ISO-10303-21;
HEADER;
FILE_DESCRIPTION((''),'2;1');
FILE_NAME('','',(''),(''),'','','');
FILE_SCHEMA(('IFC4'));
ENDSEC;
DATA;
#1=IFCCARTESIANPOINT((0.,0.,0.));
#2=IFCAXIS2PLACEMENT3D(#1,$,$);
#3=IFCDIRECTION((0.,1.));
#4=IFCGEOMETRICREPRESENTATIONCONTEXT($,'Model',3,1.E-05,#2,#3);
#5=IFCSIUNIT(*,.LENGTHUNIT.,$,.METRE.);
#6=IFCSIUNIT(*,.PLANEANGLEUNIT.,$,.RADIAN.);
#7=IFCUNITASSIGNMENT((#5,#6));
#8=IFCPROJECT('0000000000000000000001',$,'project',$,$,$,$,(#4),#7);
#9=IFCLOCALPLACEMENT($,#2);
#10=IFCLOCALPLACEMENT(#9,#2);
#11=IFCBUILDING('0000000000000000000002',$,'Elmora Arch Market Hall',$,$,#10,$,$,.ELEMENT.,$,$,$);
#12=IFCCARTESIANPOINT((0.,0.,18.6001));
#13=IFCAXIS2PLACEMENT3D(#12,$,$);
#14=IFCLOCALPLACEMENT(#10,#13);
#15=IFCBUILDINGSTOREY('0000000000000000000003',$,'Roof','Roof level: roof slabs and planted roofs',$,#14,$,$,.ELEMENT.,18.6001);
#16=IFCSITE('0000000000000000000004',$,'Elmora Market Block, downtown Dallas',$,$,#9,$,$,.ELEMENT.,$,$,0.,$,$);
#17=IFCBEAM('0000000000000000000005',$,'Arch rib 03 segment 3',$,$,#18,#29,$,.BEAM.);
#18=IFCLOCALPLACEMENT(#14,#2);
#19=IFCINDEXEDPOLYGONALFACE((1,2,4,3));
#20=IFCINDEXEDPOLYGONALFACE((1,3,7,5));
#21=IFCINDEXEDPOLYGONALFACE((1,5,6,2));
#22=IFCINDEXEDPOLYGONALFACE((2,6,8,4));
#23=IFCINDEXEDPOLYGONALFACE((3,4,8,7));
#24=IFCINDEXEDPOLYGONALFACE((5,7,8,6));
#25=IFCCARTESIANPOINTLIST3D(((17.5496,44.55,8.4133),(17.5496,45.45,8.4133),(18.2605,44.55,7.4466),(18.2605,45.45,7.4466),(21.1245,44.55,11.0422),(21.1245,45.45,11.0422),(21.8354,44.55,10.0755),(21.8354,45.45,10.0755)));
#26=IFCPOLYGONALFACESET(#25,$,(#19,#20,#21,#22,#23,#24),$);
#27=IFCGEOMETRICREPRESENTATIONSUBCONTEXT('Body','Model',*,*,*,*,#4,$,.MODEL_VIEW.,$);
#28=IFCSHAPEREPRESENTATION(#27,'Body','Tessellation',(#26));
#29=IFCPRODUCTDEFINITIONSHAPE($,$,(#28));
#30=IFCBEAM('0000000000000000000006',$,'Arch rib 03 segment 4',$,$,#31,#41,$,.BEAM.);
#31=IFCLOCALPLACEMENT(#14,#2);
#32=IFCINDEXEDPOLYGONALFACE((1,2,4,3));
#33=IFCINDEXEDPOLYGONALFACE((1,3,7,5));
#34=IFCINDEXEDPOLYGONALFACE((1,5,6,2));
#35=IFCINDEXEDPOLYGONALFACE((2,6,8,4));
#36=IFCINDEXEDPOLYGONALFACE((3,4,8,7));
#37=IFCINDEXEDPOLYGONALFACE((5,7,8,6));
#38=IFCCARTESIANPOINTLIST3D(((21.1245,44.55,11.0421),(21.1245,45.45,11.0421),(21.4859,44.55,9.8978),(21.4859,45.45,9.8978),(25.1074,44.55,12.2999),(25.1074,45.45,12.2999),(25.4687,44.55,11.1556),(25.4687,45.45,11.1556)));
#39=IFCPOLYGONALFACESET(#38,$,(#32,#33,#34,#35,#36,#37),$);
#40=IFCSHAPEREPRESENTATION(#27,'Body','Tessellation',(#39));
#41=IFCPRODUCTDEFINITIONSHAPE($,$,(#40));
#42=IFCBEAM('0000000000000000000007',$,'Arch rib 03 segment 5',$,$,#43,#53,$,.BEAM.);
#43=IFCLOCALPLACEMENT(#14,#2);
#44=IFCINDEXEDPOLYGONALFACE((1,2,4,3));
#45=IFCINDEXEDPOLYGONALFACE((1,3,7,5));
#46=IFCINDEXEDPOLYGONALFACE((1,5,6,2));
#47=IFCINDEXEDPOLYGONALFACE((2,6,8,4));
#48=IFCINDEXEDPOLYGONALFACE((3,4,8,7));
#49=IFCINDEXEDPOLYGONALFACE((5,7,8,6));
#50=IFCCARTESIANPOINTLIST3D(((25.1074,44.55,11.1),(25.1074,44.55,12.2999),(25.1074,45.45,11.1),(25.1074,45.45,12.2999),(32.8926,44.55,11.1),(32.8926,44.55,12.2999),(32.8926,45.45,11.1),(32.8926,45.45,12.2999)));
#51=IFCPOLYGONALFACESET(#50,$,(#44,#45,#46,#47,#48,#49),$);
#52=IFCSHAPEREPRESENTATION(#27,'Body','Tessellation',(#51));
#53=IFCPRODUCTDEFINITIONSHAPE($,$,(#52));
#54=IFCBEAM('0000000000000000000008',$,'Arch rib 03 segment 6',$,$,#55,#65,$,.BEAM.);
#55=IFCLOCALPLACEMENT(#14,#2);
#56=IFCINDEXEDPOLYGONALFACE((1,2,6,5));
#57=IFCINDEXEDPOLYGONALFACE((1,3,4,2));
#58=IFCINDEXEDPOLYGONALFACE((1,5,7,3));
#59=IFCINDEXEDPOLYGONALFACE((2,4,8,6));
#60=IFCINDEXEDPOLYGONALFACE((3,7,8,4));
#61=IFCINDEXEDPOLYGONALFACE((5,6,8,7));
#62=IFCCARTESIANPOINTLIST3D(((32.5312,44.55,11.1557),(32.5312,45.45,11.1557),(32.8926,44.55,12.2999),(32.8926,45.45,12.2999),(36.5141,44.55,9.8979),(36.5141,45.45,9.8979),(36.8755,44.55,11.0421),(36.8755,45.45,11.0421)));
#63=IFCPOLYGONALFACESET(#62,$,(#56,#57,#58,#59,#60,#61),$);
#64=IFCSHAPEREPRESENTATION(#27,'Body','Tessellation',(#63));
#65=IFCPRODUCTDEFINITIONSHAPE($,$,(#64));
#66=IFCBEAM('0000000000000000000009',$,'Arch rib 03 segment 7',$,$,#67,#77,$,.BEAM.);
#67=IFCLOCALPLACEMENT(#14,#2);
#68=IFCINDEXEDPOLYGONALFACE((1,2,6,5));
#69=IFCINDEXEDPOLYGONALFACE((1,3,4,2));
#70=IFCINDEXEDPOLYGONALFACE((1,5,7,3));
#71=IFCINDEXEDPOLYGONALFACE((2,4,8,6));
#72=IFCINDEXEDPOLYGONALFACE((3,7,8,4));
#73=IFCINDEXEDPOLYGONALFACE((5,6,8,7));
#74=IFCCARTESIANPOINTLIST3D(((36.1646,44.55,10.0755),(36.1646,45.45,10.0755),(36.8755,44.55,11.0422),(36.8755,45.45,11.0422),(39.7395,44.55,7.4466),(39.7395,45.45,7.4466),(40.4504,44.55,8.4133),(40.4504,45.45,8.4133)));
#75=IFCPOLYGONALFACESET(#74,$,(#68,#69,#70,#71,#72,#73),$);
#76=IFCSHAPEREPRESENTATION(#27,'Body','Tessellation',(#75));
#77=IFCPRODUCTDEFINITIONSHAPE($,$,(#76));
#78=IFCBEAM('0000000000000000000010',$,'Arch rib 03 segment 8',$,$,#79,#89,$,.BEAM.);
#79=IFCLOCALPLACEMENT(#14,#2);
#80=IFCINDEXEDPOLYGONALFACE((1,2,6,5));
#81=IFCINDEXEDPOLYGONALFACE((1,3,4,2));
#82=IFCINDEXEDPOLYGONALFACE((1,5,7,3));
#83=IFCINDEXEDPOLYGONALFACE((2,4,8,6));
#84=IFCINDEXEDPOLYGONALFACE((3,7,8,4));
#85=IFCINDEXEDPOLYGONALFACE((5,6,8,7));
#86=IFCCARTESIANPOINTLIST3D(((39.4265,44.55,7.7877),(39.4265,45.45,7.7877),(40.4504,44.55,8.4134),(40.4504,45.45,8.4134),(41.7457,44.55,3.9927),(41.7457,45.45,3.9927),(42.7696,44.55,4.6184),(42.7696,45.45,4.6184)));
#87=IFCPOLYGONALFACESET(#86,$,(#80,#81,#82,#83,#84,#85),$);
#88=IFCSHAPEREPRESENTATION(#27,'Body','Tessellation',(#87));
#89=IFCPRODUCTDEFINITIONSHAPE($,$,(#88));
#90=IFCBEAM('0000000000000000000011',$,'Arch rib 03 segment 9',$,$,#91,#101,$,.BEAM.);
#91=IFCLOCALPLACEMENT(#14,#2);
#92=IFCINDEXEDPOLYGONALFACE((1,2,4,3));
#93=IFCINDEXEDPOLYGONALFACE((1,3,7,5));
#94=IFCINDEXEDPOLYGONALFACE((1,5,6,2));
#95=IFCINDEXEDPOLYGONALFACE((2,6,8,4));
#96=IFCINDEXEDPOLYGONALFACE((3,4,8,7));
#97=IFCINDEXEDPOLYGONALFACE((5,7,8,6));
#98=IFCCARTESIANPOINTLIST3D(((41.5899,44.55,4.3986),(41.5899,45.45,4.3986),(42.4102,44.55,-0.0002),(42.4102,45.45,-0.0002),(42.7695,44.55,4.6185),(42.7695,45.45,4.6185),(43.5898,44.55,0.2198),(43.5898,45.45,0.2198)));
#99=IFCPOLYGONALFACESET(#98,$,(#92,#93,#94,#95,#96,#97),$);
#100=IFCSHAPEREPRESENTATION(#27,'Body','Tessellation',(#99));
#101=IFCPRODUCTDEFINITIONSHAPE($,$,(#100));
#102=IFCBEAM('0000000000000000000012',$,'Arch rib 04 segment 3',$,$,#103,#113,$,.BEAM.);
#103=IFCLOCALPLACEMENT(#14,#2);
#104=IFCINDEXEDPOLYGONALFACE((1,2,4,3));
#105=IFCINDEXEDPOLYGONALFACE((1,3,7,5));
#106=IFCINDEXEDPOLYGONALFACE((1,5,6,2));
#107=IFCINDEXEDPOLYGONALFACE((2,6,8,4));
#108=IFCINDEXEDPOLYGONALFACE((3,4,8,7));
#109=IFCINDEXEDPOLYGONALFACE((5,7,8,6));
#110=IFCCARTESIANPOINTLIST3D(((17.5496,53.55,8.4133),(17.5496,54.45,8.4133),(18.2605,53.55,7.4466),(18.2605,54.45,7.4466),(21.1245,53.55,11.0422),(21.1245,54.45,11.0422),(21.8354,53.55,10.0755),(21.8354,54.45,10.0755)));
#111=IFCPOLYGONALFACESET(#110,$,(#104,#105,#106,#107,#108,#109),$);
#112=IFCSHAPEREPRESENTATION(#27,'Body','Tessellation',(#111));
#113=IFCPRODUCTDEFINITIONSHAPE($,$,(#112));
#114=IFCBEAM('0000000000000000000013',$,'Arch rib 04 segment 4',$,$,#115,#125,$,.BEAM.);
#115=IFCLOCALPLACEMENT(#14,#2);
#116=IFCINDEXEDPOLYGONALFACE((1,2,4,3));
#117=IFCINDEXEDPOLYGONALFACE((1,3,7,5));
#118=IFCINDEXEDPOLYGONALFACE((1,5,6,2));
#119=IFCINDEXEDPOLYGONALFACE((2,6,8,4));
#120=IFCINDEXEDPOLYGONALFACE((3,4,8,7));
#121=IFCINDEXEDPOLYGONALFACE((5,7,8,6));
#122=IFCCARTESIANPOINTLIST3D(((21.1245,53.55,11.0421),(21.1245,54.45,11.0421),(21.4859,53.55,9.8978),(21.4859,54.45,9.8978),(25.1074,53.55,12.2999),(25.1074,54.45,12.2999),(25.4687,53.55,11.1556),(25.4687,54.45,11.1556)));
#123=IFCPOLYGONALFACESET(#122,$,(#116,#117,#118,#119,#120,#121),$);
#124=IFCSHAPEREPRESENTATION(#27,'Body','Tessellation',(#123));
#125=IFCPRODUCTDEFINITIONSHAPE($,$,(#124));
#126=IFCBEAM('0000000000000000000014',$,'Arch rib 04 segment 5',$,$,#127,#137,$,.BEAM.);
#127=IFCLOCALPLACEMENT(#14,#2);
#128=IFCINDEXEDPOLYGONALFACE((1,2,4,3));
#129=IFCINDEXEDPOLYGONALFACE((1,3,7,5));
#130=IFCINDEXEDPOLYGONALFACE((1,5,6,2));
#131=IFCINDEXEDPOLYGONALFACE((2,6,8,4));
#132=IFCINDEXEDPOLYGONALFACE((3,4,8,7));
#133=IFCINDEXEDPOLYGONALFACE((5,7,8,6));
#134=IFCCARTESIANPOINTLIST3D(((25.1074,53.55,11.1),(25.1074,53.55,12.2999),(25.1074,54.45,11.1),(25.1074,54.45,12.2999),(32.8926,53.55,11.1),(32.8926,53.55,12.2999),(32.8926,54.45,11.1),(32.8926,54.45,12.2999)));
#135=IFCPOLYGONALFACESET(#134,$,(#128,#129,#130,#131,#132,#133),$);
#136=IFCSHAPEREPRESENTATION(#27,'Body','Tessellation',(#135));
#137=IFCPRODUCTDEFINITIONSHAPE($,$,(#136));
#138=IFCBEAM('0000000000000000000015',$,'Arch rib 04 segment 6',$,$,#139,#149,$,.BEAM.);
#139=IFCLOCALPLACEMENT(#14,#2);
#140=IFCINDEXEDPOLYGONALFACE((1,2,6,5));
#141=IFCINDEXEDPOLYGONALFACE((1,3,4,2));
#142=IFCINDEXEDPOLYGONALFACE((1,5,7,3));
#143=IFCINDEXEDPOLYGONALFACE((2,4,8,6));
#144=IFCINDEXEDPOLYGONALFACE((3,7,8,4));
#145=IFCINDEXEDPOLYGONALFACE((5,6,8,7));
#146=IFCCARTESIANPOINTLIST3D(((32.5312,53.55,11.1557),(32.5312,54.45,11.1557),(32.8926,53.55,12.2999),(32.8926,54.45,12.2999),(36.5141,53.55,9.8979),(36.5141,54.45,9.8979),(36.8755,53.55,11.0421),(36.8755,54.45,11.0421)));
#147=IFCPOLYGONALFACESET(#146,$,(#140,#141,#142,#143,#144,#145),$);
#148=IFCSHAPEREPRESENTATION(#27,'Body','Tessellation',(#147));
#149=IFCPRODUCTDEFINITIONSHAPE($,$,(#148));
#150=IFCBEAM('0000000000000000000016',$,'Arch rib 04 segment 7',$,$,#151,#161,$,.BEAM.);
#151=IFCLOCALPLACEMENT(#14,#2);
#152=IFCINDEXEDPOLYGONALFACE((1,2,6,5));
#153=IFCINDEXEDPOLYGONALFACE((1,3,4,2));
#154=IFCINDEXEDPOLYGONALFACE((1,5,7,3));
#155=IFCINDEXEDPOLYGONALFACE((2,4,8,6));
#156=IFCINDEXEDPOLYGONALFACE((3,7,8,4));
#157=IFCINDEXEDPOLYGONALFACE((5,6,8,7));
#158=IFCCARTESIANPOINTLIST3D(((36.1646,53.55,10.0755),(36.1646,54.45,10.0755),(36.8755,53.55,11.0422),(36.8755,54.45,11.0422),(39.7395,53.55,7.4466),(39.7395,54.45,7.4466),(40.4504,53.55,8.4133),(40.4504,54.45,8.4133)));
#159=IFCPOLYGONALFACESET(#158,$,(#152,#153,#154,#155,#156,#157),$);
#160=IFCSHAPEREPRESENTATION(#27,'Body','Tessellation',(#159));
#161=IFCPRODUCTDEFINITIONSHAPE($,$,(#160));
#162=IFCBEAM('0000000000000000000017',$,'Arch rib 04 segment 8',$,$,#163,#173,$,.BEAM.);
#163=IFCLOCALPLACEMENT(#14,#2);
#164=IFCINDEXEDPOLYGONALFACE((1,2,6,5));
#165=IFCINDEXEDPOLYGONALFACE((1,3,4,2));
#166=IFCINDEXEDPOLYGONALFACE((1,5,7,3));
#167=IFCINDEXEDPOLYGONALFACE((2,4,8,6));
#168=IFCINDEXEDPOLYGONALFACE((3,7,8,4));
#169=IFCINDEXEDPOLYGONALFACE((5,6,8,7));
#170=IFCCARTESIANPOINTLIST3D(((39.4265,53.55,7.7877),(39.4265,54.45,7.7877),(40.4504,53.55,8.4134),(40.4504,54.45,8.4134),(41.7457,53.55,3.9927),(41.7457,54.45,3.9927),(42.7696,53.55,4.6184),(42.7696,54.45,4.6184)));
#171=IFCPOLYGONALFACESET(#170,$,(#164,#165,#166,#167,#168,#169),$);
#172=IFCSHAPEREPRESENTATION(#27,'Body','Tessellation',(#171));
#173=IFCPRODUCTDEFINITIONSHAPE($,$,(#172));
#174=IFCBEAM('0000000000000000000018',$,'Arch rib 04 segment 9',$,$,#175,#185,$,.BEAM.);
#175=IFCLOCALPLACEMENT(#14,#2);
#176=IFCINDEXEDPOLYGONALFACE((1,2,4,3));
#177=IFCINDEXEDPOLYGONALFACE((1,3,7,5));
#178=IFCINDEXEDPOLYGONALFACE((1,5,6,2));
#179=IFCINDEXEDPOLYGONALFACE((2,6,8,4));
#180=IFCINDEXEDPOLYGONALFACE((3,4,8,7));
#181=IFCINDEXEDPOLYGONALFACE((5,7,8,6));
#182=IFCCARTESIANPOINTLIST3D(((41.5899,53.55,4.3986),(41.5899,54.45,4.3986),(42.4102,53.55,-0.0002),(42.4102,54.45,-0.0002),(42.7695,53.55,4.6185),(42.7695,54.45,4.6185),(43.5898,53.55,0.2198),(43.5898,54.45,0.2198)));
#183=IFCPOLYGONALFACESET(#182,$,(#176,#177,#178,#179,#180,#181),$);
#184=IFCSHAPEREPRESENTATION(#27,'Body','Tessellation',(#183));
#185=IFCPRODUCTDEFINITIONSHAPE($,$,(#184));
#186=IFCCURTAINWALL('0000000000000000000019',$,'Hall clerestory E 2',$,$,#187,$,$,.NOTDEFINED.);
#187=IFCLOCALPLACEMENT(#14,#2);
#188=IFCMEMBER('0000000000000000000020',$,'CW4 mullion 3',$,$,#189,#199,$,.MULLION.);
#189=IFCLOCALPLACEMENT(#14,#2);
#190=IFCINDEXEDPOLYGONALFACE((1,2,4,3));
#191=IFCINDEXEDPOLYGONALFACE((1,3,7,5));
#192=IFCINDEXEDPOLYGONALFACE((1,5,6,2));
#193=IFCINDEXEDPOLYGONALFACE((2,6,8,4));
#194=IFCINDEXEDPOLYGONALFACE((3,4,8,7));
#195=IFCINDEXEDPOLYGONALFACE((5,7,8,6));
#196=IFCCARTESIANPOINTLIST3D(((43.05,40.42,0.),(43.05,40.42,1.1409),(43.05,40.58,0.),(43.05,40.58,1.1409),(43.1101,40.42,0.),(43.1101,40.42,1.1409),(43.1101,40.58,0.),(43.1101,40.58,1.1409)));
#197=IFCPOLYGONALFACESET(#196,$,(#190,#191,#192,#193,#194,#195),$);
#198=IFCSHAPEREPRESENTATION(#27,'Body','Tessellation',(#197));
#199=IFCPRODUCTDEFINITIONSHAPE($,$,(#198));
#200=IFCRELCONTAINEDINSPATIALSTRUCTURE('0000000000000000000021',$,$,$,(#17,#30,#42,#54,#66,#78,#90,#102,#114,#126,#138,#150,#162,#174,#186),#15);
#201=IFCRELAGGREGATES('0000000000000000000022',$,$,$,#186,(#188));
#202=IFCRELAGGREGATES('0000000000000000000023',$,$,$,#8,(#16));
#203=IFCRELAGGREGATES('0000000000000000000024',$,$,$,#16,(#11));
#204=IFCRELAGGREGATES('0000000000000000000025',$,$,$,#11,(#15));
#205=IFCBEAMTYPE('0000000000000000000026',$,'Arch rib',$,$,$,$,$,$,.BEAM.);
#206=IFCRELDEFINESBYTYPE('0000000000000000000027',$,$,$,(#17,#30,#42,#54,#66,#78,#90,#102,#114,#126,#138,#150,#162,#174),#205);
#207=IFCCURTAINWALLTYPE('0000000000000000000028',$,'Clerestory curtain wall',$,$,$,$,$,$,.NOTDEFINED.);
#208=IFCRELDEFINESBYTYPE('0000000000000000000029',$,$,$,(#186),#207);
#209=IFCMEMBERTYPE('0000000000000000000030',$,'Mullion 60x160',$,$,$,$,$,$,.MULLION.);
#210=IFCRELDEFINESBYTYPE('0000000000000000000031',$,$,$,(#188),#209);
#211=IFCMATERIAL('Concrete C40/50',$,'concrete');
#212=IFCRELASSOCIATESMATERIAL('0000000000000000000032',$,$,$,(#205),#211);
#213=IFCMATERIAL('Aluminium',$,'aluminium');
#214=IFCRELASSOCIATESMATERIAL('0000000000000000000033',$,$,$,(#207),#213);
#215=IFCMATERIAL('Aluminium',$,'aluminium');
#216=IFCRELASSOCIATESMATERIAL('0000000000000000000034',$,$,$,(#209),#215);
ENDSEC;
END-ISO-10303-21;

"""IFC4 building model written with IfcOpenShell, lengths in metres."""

from ifc_helpers import new_model, si_unit, direction, frame, origin, origin_2d, place, context, subcontext, project, spatial, rectangle, extrude, material, material_profile, profile_set, type_object, element, aggregate, save


model = new_model("IFC4")

# Units and contexts
model_context = context("Model", 3, precision=1e-05, world=origin(), true_north=direction((0.0, 1.0)))
body_context = subcontext(model_context, "Body", "Model", "MODEL_VIEW")
ifc_project = project(units=[si_unit("LENGTHUNIT", "METRE"), si_unit("PLANEANGLEUNIT", "RADIAN")], contexts=[model_context])

# Site, building, storey
site_placement = place(None, origin())
site = spatial("IfcSite", under=ifc_project, at=site_placement, Name="Elmora Market Block, downtown Dallas", CompositionType="ELEMENT", RefElevation=0.0)
building_placement = place(site_placement, origin())
building = spatial("IfcBuilding", under=site, at=building_placement, Name="Elmora Arch Market Hall", CompositionType="ELEMENT")
storey_placement = place(building_placement, frame((0.0, 0.0, 18.6001)))
storey = spatial("IfcBuildingStorey", under=building, at=storey_placement, Name="Roof", Description="Roof level: roof slabs and planted roofs", CompositionType="ELEMENT", Elevation=18.6001)

# Beams
ifc_material_1 = material(Name="Concrete C40/50", Category="concrete")
ifc_material_profile_1 = material_profile(ifc_material_1, rectangle(XDim=0.8999, YDim=1.2, at=origin_2d()), Name="Arch rib")
ifc_profile_set_1 = profile_set([ifc_material_profile_1], Name="Concrete C40/50")
beam_type = type_object("IfcBeamType", Name="Arch rib", PredefinedType="BEAM", material=ifc_profile_set_1)
beam_1_placement = place(storey_placement, frame((17.905, 45.0, 7.9299), z_axis=(0.805622, 0.0, 0.592429), x_axis=(0.0, 1.0, 0.0)))
element("IfcBeam", 1, at=beam_1_placement, inside=storey, type_object=beam_type, Name="Arch rib 03 segment 3", PredefinedType="BEAM", context=body_context, shape_type="SweptSolid", body=[
    extrude(rectangle(XDim=0.8999, YDim=1.2, at=origin_2d()), origin(), (0.0, 0.0, 1.0), 4.4375),
])
beam_2_placement = place(storey_placement, frame((21.3052, 45.0, 10.47), z_axis=(0.953579, 0.0, 0.301143), x_axis=(0.0, 1.0, 0.0)))
element("IfcBeam", 2, at=beam_2_placement, inside=storey, type_object=beam_type, Name="Arch rib 03 segment 4", PredefinedType="BEAM", context=body_context, shape_type="SweptSolid", body=[
    extrude(rectangle(XDim=0.8999, YDim=1.2, at=origin_2d()), origin(), (0.0, 0.0, 1.0), 4.1768),
])
beam_3_placement = place(storey_placement, frame((25.1074, 45.0, 11.7), z_axis=(1.0, 0.0, 0.0), x_axis=(0.0, 1.0, 0.0)))
element("IfcBeam", 3, at=beam_3_placement, inside=storey, type_object=beam_type, Name="Arch rib 03 segment 5", PredefinedType="BEAM", context=body_context, shape_type="SweptSolid", body=[
    extrude(rectangle(XDim=0.8999, YDim=1.2, at=origin_2d()), origin(), (0.0, 0.0, 1.0), 7.7852),
])
beam_4_placement = place(storey_placement, frame((32.7119, 45.0, 11.7278), z_axis=(0.953579, 0.0, -0.301143), x_axis=(0.0, 1.0, 0.0)))
element("IfcBeam", 4, at=beam_4_placement, inside=storey, type_object=beam_type, Name="Arch rib 03 segment 6", PredefinedType="BEAM", context=body_context, shape_type="SweptSolid", body=[
    extrude(rectangle(XDim=0.8999, YDim=1.2, at=origin_2d()), origin(), (0.0, 0.0, 1.0), 4.1768),
])
beam_5_placement = place(storey_placement, frame((36.52, 45.0, 10.5588), z_axis=(0.805622, 0.0, -0.592429), x_axis=(0.0, 1.0, 0.0)))
element("IfcBeam", 5, at=beam_5_placement, inside=storey, type_object=beam_type, Name="Arch rib 03 segment 7", PredefinedType="BEAM", context=body_context, shape_type="SweptSolid", body=[
    extrude(rectangle(XDim=0.8999, YDim=1.2, at=origin_2d()), origin(), (0.0, 0.0, 1.0), 4.4375),
])
beam_6_placement = place(storey_placement, frame((39.9385, 45.0, 8.1006), z_axis=(0.521446, 0.0, -0.853285), x_axis=(0.0, 1.0, 0.0)))
element("IfcBeam", 6, at=beam_6_placement, inside=storey, type_object=beam_type, Name="Arch rib 03 segment 8", PredefinedType="BEAM", context=body_context, shape_type="SweptSolid", body=[
    extrude(rectangle(XDim=0.8999, YDim=1.2, at=origin_2d()), origin(), (0.0, 0.0, 1.0), 4.4475),
])
beam_7_placement = place(storey_placement, frame((42.1797, 45.0, 4.5085), z_axis=(0.18333, 0.0, -0.983051), x_axis=(0.0, 1.0, 0.0)))
element("IfcBeam", 7, at=beam_7_placement, inside=storey, type_object=beam_type, Name="Arch rib 03 segment 9", PredefinedType="BEAM", context=body_context, shape_type="SweptSolid", body=[
    extrude(rectangle(XDim=0.8999, YDim=1.2, at=origin_2d()), origin(), (0.0, 0.0, 1.0), 4.4746),
])
beam_8_placement = place(storey_placement, frame((17.905, 54.0, 7.9299), z_axis=(0.805622, 0.0, 0.592429), x_axis=(0.0, 1.0, 0.0)))
element("IfcBeam", 8, at=beam_8_placement, inside=storey, type_object=beam_type, Name="Arch rib 04 segment 3", PredefinedType="BEAM", context=body_context, shape_type="SweptSolid", body=[
    extrude(rectangle(XDim=0.8999, YDim=1.2, at=origin_2d()), origin(), (0.0, 0.0, 1.0), 4.4375),
])
beam_9_placement = place(storey_placement, frame((21.3052, 54.0, 10.47), z_axis=(0.953579, 0.0, 0.301143), x_axis=(0.0, 1.0, 0.0)))
element("IfcBeam", 9, at=beam_9_placement, inside=storey, type_object=beam_type, Name="Arch rib 04 segment 4", PredefinedType="BEAM", context=body_context, shape_type="SweptSolid", body=[
    extrude(rectangle(XDim=0.8999, YDim=1.2, at=origin_2d()), origin(), (0.0, 0.0, 1.0), 4.1768),
])
beam_10_placement = place(storey_placement, frame((25.1074, 54.0, 11.7), z_axis=(1.0, 0.0, 0.0), x_axis=(0.0, 1.0, 0.0)))
element("IfcBeam", 10, at=beam_10_placement, inside=storey, type_object=beam_type, Name="Arch rib 04 segment 5", PredefinedType="BEAM", context=body_context, shape_type="SweptSolid", body=[
    extrude(rectangle(XDim=0.8999, YDim=1.2, at=origin_2d()), origin(), (0.0, 0.0, 1.0), 7.7852),
])
beam_11_placement = place(storey_placement, frame((32.7119, 54.0, 11.7278), z_axis=(0.953579, 0.0, -0.301143), x_axis=(0.0, 1.0, 0.0)))
element("IfcBeam", 11, at=beam_11_placement, inside=storey, type_object=beam_type, Name="Arch rib 04 segment 6", PredefinedType="BEAM", context=body_context, shape_type="SweptSolid", body=[
    extrude(rectangle(XDim=0.8999, YDim=1.2, at=origin_2d()), origin(), (0.0, 0.0, 1.0), 4.1768),
])
beam_12_placement = place(storey_placement, frame((36.52, 54.0, 10.5588), z_axis=(0.805622, 0.0, -0.592429), x_axis=(0.0, 1.0, 0.0)))
element("IfcBeam", 12, at=beam_12_placement, inside=storey, type_object=beam_type, Name="Arch rib 04 segment 7", PredefinedType="BEAM", context=body_context, shape_type="SweptSolid", body=[
    extrude(rectangle(XDim=0.8999, YDim=1.2, at=origin_2d()), origin(), (0.0, 0.0, 1.0), 4.4375),
])
beam_13_placement = place(storey_placement, frame((39.9385, 54.0, 8.1006), z_axis=(0.521446, 0.0, -0.853285), x_axis=(0.0, 1.0, 0.0)))
element("IfcBeam", 13, at=beam_13_placement, inside=storey, type_object=beam_type, Name="Arch rib 04 segment 8", PredefinedType="BEAM", context=body_context, shape_type="SweptSolid", body=[
    extrude(rectangle(XDim=0.8999, YDim=1.2, at=origin_2d()), origin(), (0.0, 0.0, 1.0), 4.4475),
])
beam_14_placement = place(storey_placement, frame((42.1797, 54.0, 4.5085), z_axis=(0.18333, 0.0, -0.983051), x_axis=(0.0, 1.0, 0.0)))
element("IfcBeam", 14, at=beam_14_placement, inside=storey, type_object=beam_type, Name="Arch rib 04 segment 9", PredefinedType="BEAM", context=body_context, shape_type="SweptSolid", body=[
    extrude(rectangle(XDim=0.8999, YDim=1.2, at=origin_2d()), origin(), (0.0, 0.0, 1.0), 4.4746),
])

# Curtain wall, member
ifc_material_2 = material(Name="Aluminium", Category="aluminium")
curtain_wall_type = type_object("IfcCurtainWallType", Name="Clerestory curtain wall", PredefinedType="NOTDEFINED", material=ifc_material_2)
curtain_wall_placement = place(storey_placement, origin())
curtain_wall = element("IfcCurtainWall", 15, at=curtain_wall_placement, inside=storey, type_object=curtain_wall_type, Name="Hall clerestory E 2", PredefinedType="NOTDEFINED")
ifc_material_3 = material(Name="Aluminium", Category="aluminium")
ifc_material_profile_2 = material_profile(ifc_material_3, rectangle(XDim=0.0601, YDim=0.1599, at=origin_2d()), Name="AL 60x160")
ifc_profile_set_2 = profile_set([ifc_material_profile_2], Name="Aluminium")
member_type_1 = type_object("IfcMemberType", Name="Mullion 60x160", PredefinedType="MULLION", material=ifc_profile_set_2)
member_1_placement = place(storey_placement, frame((43.0801, 40.5, 0.0), z_axis=(0.0, 0.0, 1.0), x_axis=(-1.0, 0.0, 0.0)))
member_1 = element("IfcMember", 16, at=member_1_placement, type_object=member_type_1, Name="CW4 mullion 3", PredefinedType="MULLION", context=body_context, shape_type="SweptSolid", body=[
    extrude(rectangle(XDim=0.0601, YDim=0.1599, at=origin_2d()), origin(), (0.0, 0.0, 1.0), 1.1409),
])
aggregate(curtain_wall, [member_1])

save(model, "model.ifc")
